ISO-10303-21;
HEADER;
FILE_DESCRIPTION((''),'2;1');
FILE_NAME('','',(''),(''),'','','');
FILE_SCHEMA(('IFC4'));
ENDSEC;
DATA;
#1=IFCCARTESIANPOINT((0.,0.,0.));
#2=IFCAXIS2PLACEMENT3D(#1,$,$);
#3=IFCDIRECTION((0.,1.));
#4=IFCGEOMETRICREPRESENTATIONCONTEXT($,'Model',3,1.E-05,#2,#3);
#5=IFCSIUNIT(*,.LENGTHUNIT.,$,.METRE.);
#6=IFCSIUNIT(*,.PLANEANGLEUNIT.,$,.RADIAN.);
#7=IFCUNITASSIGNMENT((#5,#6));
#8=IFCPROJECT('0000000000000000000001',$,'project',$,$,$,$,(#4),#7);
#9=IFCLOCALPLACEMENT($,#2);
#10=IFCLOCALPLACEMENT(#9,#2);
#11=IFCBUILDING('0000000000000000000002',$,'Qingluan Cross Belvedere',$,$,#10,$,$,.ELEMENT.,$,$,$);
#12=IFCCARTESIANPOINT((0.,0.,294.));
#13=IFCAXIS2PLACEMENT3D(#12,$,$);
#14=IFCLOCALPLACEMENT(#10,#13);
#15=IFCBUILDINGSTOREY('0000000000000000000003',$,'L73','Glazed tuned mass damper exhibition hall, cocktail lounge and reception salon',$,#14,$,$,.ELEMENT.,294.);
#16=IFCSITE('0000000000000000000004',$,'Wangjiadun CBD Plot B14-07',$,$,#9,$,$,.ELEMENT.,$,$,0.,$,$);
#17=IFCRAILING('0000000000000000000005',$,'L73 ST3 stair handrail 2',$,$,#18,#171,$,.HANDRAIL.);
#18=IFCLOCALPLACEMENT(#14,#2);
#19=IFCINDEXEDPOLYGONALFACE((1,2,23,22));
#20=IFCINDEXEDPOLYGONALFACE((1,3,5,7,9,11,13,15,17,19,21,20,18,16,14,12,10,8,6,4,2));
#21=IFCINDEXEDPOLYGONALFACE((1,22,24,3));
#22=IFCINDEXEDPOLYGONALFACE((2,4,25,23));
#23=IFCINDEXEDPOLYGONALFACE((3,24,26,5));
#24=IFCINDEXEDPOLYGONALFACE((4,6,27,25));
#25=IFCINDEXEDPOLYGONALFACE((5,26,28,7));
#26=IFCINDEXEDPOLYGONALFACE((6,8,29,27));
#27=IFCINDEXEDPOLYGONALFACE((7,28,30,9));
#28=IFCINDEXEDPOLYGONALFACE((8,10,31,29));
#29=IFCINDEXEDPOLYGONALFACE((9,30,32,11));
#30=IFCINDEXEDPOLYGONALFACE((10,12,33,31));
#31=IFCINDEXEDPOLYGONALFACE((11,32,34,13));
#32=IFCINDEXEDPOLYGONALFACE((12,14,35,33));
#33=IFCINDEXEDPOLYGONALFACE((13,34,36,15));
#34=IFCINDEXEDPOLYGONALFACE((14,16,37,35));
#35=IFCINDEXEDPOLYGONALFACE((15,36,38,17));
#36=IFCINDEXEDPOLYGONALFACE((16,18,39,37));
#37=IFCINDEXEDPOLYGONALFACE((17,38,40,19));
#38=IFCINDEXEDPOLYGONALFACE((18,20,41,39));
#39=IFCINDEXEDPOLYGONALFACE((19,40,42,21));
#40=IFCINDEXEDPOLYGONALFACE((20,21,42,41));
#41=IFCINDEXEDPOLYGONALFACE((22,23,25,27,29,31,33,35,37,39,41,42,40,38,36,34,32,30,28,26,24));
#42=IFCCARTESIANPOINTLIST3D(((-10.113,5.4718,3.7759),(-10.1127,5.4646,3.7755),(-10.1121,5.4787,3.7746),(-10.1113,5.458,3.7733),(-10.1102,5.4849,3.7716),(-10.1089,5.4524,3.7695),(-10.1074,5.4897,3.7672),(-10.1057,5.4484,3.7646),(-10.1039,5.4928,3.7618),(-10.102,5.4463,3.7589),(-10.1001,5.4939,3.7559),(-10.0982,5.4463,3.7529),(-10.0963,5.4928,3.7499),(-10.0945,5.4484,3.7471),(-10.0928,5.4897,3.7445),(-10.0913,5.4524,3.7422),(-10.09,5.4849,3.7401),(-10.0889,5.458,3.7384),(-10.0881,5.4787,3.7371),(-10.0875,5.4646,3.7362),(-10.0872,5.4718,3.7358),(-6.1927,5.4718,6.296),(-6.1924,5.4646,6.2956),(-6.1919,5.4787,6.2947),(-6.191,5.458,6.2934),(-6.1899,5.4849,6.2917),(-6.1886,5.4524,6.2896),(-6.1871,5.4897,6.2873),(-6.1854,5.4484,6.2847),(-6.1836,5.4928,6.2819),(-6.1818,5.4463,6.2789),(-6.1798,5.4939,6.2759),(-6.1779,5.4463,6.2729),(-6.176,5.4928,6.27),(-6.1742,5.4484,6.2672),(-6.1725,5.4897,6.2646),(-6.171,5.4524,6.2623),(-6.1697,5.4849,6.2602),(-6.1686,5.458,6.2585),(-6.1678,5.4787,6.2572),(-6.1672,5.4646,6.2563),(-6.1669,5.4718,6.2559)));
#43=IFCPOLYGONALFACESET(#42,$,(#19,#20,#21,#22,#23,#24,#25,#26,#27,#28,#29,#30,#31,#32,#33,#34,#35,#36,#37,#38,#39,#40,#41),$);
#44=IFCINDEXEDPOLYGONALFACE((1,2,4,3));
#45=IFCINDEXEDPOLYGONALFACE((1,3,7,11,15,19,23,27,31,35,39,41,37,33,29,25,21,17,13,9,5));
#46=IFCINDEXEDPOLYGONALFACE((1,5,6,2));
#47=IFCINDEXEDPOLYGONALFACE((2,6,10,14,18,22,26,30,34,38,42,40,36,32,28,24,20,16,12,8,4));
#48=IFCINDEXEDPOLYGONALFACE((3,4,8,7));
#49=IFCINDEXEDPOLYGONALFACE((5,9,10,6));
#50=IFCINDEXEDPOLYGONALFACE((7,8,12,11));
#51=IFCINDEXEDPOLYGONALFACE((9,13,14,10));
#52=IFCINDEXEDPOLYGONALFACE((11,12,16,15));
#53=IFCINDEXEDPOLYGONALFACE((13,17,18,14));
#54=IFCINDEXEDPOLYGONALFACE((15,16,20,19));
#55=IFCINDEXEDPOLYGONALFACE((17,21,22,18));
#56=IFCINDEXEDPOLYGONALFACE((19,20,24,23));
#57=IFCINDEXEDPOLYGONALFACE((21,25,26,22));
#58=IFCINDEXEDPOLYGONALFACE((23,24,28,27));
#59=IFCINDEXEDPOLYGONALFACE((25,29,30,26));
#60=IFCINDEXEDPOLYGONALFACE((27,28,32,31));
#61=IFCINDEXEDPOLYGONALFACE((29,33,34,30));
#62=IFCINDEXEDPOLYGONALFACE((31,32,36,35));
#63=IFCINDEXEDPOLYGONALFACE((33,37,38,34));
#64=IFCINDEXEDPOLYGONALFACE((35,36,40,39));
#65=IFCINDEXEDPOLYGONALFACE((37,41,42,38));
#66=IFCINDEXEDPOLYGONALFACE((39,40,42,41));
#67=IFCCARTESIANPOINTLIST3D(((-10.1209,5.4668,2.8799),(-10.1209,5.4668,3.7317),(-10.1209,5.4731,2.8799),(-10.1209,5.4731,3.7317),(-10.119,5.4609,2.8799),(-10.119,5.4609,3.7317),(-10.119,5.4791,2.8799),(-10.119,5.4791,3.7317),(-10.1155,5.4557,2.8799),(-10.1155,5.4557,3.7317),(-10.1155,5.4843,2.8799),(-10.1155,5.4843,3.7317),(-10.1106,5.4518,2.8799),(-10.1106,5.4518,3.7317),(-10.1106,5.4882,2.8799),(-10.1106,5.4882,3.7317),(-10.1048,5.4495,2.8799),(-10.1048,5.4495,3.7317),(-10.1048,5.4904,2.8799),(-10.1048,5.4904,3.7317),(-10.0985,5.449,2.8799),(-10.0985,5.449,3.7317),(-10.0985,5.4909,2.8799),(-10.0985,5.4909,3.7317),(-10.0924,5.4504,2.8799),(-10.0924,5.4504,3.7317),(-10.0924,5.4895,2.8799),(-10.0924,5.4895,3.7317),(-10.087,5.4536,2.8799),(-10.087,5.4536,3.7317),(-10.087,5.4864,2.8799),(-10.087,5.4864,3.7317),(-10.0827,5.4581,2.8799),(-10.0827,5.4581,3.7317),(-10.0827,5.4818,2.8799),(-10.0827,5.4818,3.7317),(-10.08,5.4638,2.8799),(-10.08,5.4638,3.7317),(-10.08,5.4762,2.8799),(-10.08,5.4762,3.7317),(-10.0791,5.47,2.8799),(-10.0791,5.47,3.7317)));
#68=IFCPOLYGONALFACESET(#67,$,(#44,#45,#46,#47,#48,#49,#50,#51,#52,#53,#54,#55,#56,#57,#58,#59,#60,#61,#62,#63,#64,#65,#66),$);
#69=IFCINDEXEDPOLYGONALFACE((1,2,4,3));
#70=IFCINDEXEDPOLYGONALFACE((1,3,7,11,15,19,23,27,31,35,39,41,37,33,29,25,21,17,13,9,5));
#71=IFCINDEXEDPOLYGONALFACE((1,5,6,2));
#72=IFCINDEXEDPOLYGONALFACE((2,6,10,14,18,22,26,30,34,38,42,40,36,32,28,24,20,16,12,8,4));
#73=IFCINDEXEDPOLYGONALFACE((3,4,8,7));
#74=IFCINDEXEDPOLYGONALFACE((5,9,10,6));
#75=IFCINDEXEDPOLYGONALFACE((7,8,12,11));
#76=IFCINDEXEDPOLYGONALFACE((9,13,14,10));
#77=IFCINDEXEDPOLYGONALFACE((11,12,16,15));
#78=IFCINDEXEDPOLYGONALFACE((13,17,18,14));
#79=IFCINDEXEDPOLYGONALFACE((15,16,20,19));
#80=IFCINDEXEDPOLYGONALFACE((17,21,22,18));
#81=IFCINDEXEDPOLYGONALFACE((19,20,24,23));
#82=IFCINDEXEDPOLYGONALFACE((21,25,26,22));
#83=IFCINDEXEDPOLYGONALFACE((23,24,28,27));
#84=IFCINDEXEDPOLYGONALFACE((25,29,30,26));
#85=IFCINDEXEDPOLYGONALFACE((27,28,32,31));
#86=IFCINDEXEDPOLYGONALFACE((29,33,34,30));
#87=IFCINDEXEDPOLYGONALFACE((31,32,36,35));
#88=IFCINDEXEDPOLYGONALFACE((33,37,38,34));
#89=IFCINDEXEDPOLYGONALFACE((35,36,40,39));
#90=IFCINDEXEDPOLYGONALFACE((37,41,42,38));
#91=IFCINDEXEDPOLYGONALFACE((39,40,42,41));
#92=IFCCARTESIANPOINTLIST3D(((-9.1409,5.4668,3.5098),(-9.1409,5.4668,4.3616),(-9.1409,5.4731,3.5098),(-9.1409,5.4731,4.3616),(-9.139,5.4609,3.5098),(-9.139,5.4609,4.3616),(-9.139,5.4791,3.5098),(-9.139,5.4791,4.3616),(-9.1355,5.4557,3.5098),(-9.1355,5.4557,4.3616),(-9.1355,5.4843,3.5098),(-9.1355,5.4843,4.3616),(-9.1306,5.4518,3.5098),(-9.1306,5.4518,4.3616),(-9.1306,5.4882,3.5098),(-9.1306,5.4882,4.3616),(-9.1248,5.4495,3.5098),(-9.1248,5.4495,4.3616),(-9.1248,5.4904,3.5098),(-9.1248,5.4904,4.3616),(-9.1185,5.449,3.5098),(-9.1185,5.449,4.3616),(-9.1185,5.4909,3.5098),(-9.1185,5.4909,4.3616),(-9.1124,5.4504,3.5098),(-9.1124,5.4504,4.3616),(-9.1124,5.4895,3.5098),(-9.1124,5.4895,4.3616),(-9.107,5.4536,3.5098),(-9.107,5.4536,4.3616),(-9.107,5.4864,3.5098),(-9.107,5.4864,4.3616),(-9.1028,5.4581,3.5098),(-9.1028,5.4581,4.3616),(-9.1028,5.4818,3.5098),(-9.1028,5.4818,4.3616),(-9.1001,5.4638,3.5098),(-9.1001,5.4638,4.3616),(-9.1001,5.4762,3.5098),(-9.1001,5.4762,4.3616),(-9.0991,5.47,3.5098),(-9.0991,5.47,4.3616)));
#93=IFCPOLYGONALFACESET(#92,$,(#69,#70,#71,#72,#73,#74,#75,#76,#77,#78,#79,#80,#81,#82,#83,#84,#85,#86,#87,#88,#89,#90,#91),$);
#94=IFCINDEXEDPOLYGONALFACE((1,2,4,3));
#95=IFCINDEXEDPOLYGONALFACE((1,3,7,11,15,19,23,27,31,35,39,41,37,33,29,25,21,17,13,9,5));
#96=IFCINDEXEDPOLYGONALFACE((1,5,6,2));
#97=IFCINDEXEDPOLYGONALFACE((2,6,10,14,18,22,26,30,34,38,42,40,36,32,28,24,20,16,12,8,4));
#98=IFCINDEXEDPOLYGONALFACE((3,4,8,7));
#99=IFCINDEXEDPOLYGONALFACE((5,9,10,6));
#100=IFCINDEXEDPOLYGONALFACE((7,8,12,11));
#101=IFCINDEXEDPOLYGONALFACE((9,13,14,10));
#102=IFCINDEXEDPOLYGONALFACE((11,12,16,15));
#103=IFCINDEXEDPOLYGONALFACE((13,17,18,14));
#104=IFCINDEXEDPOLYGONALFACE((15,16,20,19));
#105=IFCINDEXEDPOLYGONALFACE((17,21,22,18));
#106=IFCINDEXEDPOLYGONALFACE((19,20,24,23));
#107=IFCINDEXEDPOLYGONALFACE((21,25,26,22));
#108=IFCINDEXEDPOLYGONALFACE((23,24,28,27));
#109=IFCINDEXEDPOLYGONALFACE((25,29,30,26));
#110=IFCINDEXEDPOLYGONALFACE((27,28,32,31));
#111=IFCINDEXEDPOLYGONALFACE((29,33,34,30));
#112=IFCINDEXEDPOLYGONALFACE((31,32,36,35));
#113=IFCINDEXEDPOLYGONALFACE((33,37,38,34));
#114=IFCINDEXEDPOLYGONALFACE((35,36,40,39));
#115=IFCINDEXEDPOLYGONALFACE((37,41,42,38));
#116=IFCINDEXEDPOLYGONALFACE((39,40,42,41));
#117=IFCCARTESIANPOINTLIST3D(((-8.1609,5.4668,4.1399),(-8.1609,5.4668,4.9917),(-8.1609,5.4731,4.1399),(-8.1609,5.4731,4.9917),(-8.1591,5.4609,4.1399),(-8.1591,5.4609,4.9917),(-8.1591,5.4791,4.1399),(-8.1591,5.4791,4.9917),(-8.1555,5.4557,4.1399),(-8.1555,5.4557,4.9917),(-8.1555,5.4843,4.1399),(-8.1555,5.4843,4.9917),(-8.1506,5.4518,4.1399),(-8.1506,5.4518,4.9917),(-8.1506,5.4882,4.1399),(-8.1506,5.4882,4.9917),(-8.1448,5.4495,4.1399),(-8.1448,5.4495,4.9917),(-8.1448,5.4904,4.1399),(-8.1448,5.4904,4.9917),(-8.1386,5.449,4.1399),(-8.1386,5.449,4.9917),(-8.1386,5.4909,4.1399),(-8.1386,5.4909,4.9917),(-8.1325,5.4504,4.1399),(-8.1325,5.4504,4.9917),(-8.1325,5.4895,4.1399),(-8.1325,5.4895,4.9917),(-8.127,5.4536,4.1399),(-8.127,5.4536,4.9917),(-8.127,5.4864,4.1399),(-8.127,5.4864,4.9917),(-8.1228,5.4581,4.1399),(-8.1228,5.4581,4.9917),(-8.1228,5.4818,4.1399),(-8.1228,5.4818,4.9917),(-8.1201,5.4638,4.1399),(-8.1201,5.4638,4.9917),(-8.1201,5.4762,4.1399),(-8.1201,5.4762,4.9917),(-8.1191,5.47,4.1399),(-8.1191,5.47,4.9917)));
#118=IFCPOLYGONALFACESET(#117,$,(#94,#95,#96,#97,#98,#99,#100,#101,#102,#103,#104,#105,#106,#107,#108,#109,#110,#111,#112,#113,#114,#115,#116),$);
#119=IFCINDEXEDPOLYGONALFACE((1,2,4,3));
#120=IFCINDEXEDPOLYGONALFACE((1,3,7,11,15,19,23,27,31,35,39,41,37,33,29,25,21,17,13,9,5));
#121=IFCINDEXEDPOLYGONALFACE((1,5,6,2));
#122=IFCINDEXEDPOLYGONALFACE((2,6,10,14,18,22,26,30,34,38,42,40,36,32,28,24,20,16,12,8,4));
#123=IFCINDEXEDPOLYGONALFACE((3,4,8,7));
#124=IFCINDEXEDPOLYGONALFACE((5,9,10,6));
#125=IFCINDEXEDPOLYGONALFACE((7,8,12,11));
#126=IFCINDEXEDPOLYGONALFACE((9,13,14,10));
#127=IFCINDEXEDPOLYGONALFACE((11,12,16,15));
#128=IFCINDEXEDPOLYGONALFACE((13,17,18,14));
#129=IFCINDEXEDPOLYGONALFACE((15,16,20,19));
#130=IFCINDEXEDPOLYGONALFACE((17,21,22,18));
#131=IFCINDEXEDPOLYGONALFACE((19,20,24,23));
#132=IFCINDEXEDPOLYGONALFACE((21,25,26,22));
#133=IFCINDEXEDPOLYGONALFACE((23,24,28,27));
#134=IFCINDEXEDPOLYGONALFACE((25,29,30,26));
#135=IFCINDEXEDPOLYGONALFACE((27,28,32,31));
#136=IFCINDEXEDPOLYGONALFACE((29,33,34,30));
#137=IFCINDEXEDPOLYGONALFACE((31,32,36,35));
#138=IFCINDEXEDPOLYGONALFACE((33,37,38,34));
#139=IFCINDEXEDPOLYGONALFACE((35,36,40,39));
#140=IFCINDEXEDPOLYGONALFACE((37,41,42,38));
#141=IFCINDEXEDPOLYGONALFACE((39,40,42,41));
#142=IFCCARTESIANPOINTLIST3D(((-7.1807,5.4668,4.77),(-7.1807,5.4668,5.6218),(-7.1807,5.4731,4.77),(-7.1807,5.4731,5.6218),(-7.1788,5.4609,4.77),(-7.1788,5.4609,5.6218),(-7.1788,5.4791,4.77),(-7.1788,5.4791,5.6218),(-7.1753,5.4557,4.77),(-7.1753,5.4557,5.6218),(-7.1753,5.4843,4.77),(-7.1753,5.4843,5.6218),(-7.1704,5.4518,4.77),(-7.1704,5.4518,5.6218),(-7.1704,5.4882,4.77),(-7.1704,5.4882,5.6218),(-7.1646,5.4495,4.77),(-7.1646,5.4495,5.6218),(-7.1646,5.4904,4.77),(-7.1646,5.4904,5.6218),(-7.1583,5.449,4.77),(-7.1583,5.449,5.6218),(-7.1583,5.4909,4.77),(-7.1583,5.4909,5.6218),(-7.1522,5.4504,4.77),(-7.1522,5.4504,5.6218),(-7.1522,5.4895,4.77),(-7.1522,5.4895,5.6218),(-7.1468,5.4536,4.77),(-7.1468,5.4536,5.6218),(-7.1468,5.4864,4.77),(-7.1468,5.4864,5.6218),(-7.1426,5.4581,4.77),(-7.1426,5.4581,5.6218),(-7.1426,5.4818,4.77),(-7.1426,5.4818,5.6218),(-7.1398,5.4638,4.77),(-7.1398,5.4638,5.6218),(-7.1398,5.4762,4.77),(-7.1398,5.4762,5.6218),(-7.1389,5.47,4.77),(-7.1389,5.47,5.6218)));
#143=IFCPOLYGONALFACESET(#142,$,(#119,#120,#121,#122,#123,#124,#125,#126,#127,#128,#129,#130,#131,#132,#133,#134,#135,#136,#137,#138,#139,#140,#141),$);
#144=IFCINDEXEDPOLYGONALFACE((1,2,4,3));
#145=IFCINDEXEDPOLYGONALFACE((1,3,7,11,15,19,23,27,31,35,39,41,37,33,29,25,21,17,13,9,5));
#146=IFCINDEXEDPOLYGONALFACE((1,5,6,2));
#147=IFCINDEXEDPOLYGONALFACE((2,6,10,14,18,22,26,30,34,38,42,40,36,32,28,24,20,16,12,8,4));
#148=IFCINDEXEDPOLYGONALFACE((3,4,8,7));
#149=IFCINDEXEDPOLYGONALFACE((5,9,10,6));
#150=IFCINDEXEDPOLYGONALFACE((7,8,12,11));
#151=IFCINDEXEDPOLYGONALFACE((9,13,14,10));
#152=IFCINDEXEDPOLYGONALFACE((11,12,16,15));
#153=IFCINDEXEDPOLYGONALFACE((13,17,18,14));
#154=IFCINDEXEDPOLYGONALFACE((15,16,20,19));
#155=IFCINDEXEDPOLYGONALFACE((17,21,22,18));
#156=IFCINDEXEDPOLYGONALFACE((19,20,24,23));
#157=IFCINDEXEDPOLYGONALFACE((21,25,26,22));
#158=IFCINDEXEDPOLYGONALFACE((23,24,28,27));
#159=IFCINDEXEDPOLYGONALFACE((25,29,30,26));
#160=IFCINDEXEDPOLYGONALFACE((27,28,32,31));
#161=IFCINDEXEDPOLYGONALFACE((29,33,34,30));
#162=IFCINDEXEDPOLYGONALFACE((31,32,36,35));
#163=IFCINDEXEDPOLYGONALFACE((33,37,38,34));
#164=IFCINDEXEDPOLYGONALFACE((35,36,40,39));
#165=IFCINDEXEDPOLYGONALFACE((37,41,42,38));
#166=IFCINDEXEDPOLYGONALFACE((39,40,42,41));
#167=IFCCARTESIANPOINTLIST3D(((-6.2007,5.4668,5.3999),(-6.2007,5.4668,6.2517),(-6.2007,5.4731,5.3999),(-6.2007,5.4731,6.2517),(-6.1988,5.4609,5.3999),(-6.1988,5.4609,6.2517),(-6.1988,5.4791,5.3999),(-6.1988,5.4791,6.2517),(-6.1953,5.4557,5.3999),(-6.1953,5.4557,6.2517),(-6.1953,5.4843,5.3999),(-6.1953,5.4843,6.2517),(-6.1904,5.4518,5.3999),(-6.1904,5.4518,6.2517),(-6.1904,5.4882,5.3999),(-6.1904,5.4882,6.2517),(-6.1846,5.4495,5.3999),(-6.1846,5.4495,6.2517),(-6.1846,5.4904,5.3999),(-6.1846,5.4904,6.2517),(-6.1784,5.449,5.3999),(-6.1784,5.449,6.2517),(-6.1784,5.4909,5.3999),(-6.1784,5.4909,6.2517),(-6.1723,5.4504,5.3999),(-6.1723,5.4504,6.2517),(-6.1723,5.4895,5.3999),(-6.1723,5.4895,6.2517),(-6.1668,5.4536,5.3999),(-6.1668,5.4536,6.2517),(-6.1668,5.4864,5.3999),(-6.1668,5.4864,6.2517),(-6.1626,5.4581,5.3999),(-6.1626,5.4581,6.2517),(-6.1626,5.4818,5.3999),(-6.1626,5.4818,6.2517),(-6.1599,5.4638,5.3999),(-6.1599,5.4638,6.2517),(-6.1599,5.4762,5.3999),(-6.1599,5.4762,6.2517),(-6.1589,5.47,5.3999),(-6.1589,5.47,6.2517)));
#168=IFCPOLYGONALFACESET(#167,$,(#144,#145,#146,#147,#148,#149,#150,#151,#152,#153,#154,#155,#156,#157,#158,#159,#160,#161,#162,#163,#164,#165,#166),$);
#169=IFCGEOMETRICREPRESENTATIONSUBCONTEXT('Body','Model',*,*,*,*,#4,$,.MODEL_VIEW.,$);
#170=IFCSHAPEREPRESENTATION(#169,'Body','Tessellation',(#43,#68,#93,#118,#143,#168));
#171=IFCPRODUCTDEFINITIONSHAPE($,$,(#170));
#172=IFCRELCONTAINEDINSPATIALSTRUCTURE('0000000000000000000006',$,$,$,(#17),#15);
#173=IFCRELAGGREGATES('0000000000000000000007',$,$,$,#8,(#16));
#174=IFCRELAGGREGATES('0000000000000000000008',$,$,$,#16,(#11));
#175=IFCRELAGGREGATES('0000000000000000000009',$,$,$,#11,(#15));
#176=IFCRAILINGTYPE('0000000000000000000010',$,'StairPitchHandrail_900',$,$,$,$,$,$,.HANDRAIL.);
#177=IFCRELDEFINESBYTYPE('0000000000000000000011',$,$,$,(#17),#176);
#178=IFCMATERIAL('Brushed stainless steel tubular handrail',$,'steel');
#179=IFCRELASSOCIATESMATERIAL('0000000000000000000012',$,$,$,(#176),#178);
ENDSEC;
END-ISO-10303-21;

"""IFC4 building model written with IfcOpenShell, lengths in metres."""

from ifc_helpers import new_model, si_unit, direction, frame, origin, origin_2d, place, context, subcontext, project, spatial, circle, extrude, material, type_object, element, save


model = new_model("IFC4")

# Units and contexts
model_context = context("Model", 3, precision=1e-05, world=origin(), true_north=direction((0.0, 1.0)))
body_context = subcontext(model_context, "Body", "Model", "MODEL_VIEW")
ifc_project = project(units=[si_unit("LENGTHUNIT", "METRE"), si_unit("PLANEANGLEUNIT", "RADIAN")], contexts=[model_context])

# Site, building, storey
site_placement = place(None, origin())
site = spatial("IfcSite", under=ifc_project, at=site_placement, Name="Wangjiadun CBD Plot B14-07", CompositionType="ELEMENT", RefElevation=0.0)
building_placement = place(site_placement, origin())
building = spatial("IfcBuilding", under=site, at=building_placement, Name="Qingluan Cross Belvedere", CompositionType="ELEMENT")
storey_placement = place(building_placement, frame((0.0, 0.0, 294.0)))
storey = spatial("IfcBuildingStorey", under=building, at=storey_placement, Name="L73", Description="Glazed tuned mass damper exhibition hall, cocktail lounge and reception salon", CompositionType="ELEMENT", Elevation=294.0)

# Railing
ifc_material_1 = material(Name="Brushed stainless steel tubular handrail", Category="steel")
railing_type_1 = type_object("IfcRailingType", Name="StairPitchHandrail_900", PredefinedType="HANDRAIL", material=ifc_material_1)
railing_1_placement = place(storey_placement, frame((-10.1001, 5.47, 2.8799)))
element("IfcRailing", 1, at=railing_1_placement, inside=storey, type_object=railing_type_1, Name="L73 ST3 stair handrail 2", PredefinedType="HANDRAIL", context=body_context, shape_type="SweptSolid", body=[
    extrude(circle(Radius=0.0239, at=origin_2d()), frame((0.0, 0.0, 0.876), z_axis=(0.841187, 0.0, 0.540744), x_axis=(0.0, 1.0, 0.0)), (0.0, 0.0, 1.0), 4.6604),
    extrude(circle(Radius=0.021, at=origin_2d()), origin(), (0.0, 0.0, 1.0), 0.8518),
    extrude(circle(Radius=0.021, at=origin_2d()), frame((0.98, 0.0, 0.6299)), (0.0, 0.0, 1.0), 0.8518),
    extrude(circle(Radius=0.021, at=origin_2d()), frame((1.96, 0.0, 1.26)), (0.0, 0.0, 1.0), 0.8518),
    extrude(circle(Radius=0.021, at=origin_2d()), frame((2.9402, 0.0, 1.8901)), (0.0, 0.0, 1.0), 0.8518),
    extrude(circle(Radius=0.021, at=origin_2d()), frame((3.9202, 0.0, 2.52)), (0.0, 0.0, 1.0), 0.8518),
])

save(model, "model.ifc")
